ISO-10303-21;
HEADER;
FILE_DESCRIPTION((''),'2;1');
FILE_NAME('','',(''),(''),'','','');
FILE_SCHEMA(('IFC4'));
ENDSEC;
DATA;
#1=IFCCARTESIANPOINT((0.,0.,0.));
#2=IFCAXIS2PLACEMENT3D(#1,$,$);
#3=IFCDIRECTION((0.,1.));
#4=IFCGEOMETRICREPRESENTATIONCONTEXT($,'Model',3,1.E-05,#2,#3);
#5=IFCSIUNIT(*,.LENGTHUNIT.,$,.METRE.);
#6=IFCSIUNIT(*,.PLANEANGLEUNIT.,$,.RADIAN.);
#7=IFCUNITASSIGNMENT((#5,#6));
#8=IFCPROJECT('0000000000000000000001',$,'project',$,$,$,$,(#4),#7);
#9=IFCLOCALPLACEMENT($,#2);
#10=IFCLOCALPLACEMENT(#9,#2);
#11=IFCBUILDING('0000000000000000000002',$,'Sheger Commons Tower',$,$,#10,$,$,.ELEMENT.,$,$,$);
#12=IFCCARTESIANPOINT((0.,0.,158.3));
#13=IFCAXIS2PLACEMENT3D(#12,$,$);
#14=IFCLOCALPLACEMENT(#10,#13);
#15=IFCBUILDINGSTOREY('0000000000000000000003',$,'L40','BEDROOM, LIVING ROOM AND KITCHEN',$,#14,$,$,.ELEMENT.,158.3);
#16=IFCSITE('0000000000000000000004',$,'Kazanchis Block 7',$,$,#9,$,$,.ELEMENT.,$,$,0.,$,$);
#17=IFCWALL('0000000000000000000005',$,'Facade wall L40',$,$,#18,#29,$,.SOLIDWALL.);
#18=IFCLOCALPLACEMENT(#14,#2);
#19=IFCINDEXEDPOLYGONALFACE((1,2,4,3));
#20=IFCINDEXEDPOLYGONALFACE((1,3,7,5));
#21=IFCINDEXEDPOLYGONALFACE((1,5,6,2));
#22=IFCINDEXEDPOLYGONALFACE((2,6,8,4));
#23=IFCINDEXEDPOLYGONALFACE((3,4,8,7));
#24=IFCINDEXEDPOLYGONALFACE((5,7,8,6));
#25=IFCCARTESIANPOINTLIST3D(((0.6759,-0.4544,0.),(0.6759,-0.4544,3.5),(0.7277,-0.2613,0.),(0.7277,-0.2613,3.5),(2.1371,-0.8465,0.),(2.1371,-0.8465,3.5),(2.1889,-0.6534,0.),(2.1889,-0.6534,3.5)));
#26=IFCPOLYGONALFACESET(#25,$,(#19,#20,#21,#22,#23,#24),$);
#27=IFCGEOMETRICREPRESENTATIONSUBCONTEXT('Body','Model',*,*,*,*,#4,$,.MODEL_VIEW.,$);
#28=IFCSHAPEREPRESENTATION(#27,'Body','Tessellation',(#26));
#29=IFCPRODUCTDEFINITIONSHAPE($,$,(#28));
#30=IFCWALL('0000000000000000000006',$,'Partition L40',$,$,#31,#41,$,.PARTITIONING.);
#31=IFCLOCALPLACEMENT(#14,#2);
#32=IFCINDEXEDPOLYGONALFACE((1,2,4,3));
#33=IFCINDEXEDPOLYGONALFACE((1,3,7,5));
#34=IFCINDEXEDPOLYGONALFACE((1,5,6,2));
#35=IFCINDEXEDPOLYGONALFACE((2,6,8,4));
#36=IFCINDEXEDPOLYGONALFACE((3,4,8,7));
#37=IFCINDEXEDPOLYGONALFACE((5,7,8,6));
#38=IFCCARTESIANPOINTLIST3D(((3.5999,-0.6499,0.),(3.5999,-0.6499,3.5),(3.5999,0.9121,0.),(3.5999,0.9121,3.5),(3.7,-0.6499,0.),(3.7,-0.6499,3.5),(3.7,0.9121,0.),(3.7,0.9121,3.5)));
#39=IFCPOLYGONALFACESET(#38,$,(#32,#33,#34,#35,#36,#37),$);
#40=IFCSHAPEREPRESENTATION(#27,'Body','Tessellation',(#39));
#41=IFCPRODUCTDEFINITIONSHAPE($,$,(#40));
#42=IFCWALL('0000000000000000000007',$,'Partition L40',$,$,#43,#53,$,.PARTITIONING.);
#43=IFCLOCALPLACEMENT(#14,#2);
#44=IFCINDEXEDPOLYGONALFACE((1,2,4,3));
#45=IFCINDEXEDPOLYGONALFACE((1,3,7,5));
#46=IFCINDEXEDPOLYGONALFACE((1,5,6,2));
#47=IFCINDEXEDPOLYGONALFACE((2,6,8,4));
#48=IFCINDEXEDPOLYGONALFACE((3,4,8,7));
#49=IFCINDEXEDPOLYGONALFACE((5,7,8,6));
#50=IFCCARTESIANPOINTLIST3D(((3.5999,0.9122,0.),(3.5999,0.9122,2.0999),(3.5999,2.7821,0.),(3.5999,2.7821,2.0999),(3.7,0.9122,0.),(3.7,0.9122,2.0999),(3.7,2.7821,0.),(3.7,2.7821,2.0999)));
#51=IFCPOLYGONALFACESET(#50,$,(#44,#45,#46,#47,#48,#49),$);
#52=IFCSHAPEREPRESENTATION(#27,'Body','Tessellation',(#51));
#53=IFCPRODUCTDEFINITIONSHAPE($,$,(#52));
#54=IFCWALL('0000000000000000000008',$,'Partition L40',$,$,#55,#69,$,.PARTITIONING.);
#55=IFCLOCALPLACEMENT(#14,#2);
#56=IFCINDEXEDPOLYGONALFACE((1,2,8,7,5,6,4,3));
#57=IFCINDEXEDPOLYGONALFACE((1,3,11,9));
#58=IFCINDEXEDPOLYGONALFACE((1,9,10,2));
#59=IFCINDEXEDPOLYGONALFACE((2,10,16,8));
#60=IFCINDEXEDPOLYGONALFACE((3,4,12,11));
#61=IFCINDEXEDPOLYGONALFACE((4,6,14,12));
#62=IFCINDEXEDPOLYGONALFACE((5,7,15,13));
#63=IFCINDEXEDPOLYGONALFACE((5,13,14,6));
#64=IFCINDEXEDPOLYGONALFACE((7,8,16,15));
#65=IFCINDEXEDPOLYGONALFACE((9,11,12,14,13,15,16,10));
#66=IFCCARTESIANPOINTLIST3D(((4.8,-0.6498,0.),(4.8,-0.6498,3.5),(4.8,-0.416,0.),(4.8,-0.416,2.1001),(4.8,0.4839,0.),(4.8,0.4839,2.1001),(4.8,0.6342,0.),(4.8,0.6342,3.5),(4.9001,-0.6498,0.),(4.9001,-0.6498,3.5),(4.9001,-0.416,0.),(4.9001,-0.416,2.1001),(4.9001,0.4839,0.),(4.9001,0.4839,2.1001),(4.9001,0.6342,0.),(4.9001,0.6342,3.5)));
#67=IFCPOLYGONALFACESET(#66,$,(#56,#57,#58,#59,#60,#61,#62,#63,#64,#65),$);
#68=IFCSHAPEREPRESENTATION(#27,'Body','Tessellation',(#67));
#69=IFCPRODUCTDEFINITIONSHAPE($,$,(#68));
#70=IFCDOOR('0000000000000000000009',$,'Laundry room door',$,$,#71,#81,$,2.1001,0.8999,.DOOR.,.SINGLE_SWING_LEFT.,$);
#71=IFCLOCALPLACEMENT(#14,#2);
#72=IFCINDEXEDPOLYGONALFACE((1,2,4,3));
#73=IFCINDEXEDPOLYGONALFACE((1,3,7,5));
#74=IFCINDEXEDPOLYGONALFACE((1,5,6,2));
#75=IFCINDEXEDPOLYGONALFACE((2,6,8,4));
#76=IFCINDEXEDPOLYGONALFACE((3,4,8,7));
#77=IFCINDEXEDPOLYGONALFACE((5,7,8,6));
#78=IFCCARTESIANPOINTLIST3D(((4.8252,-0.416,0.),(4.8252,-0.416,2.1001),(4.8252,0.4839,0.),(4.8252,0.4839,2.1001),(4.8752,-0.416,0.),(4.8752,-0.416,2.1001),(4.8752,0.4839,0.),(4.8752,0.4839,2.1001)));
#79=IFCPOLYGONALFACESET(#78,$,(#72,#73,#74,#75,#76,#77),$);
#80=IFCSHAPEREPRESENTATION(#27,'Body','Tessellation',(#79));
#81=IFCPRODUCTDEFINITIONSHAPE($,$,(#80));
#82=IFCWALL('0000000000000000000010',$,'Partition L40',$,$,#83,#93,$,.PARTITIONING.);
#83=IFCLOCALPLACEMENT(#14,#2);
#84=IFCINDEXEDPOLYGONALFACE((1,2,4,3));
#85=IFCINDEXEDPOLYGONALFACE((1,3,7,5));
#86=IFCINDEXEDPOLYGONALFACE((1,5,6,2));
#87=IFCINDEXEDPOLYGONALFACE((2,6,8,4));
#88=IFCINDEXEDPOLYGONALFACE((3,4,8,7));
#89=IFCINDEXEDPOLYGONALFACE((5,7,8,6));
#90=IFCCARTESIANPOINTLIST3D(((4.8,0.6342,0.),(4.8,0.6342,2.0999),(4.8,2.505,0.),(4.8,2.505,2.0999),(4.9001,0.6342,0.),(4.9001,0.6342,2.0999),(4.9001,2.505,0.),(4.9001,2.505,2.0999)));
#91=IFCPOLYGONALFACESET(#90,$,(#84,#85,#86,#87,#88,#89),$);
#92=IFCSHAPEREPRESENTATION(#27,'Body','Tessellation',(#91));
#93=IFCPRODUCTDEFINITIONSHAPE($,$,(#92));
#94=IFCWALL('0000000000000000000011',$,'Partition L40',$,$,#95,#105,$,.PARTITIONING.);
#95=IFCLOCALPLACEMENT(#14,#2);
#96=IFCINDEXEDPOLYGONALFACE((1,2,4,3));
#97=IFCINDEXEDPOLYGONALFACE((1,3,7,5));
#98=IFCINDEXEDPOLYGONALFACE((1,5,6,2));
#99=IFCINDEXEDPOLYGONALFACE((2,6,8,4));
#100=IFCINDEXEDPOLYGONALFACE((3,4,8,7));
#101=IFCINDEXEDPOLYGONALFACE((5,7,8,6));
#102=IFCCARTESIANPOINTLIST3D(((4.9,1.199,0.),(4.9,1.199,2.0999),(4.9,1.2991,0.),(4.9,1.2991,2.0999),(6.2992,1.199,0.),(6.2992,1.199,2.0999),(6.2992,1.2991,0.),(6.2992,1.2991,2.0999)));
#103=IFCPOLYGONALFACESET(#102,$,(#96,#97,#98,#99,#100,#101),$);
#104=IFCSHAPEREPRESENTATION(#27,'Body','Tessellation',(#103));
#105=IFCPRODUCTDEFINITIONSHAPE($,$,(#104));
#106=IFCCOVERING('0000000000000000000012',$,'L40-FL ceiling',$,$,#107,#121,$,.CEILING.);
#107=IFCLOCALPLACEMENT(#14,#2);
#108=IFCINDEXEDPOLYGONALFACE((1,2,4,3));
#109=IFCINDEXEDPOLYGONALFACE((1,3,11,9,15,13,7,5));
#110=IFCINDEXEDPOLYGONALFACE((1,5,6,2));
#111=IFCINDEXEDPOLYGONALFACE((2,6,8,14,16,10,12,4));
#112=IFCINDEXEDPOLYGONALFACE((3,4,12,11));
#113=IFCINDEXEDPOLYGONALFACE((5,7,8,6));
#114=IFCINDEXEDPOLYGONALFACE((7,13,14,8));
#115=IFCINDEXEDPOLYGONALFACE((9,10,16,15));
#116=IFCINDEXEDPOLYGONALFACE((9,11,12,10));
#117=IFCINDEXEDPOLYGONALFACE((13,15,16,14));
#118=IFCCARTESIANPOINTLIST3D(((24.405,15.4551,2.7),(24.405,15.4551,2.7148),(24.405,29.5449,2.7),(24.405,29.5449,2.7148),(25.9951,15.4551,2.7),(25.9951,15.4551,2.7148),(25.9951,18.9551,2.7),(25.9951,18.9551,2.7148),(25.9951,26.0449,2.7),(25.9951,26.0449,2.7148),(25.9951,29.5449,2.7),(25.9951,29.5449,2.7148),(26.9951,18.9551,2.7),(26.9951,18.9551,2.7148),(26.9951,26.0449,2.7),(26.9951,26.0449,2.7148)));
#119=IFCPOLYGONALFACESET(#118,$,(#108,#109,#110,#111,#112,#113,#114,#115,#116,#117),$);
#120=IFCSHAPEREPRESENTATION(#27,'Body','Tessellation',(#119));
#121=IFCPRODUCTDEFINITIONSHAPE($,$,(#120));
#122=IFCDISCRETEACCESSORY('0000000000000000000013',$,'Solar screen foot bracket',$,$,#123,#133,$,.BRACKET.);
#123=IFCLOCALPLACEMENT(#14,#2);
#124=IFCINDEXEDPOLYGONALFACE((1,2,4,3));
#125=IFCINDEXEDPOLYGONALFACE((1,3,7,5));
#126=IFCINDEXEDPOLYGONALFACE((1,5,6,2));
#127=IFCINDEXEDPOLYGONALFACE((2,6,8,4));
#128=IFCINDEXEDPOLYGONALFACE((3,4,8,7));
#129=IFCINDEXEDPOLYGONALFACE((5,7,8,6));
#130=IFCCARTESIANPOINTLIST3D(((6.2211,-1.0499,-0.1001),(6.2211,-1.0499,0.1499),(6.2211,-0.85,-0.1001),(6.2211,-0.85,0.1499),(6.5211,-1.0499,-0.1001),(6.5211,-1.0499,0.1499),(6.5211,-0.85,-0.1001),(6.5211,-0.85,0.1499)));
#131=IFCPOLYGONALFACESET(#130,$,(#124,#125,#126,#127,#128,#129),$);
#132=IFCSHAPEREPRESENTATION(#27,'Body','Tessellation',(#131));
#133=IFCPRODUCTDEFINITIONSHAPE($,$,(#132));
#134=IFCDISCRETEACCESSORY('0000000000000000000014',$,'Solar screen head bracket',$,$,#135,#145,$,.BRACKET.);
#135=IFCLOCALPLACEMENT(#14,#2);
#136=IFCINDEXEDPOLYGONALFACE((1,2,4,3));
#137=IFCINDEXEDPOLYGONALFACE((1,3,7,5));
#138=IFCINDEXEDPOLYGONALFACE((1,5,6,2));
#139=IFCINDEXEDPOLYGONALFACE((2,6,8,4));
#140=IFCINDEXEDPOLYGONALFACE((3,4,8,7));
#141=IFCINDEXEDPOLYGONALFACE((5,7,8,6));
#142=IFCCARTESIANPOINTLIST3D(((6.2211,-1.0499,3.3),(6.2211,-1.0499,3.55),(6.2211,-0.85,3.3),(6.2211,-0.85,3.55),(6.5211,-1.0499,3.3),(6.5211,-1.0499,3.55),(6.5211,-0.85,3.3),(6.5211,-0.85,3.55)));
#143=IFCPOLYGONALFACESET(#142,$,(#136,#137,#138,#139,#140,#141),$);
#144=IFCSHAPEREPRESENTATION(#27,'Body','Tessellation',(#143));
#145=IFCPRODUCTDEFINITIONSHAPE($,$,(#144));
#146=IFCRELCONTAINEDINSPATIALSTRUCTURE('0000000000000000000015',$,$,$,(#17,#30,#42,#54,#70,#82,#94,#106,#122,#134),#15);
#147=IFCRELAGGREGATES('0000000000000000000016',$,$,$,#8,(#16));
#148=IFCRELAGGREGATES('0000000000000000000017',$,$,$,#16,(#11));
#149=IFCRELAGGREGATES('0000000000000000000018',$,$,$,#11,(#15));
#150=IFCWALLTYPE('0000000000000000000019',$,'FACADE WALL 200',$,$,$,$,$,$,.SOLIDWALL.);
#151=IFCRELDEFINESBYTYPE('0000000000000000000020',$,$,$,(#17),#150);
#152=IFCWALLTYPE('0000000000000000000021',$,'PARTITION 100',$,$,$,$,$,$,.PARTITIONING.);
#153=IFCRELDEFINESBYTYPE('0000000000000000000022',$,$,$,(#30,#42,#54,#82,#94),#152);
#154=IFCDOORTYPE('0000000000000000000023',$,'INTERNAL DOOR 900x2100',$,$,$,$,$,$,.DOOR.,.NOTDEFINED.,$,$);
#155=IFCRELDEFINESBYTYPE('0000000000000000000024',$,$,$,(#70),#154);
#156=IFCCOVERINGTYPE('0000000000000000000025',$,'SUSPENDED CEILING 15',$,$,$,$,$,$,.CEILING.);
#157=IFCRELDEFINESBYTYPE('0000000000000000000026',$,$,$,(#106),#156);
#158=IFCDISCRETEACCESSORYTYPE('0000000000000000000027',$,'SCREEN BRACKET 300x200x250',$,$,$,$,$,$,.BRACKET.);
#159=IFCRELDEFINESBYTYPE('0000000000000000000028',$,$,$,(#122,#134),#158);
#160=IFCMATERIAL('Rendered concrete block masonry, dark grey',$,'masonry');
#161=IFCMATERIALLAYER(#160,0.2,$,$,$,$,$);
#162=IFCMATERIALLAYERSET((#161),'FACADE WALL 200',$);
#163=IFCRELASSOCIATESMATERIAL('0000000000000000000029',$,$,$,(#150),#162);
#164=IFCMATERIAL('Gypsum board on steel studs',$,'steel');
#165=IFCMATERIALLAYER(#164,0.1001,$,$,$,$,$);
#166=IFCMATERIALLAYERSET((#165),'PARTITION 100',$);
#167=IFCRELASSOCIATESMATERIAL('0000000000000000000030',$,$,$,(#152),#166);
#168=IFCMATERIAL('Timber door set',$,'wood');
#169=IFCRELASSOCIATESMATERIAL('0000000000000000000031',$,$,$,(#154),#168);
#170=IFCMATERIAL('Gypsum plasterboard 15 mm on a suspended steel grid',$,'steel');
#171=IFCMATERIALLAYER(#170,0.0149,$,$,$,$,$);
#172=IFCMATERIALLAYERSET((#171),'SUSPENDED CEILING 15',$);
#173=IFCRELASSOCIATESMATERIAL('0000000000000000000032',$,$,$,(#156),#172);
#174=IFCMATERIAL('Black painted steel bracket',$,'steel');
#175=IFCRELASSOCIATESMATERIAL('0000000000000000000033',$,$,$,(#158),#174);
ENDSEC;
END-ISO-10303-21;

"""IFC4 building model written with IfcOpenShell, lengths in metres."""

from ifc_helpers import new_model, si_unit, direction, frame, frame_2d, origin, origin_2d, place, context, subcontext, project, spatial, polyline, rectangle, outline, extrude, material, layer, layer_set, type_object, element, fill, save


model = new_model("IFC4")

# Units and contexts
model_context = context("Model", 3, precision=1e-05, world=origin(), true_north=direction((0.0, 1.0)))
body_context = subcontext(model_context, "Body", "Model", "MODEL_VIEW")
ifc_project = project(units=[si_unit("LENGTHUNIT", "METRE"), si_unit("PLANEANGLEUNIT", "RADIAN")], contexts=[model_context])

# Site, building, storey
site_placement = place(None, origin())
site = spatial("IfcSite", under=ifc_project, at=site_placement, Name="Kazanchis Block 7", CompositionType="ELEMENT", RefElevation=0.0)
building_placement = place(site_placement, origin())
building = spatial("IfcBuilding", under=site, at=building_placement, Name="Sheger Commons Tower", CompositionType="ELEMENT")
storey_placement = place(building_placement, frame((0.0, 0.0, 158.3)))
storey = spatial("IfcBuildingStorey", under=building, at=storey_placement, Name="L40", Description="BEDROOM, LIVING ROOM AND KITCHEN", CompositionType="ELEMENT", Elevation=158.3)

# Shared definitions
ifc_material_1 = material(Name="Rendered concrete block masonry, dark grey", Category="masonry")
ifc_layer_1 = layer(ifc_material_1, 0.2)
ifc_layer_set_1 = layer_set([ifc_layer_1], Name="FACADE WALL 200")
wall_type_1 = type_object("IfcWallType", Name="FACADE WALL 200", PredefinedType="SOLIDWALL", material=ifc_layer_set_1)

# Walls
wall_1_placement = place(storey_placement, frame((0.7019, -0.3579, 0.0), z_axis=(0.0, 0.0, 1.0), x_axis=(0.965832, -0.259169, 0.0)))
element("IfcWall", 1, at=wall_1_placement, inside=storey, type_object=wall_type_1, Name="Facade wall L40", PredefinedType="SOLIDWALL", context=body_context, shape_type="SweptSolid", body=[
    extrude(rectangle(XDim=1.5129, YDim=0.2, at=frame_2d((0.7563, 0.0))), origin(), (0.0, 0.0, 1.0), 3.5),
])
ifc_material_2 = material(Name="Gypsum board on steel studs", Category="steel")
ifc_layer_2 = layer(ifc_material_2, 0.1001)
ifc_layer_set_2 = layer_set([ifc_layer_2], Name="PARTITION 100")
wall_type_2 = type_object("IfcWallType", Name="PARTITION 100", PredefinedType="PARTITIONING", material=ifc_layer_set_2)
wall_2_placement = place(storey_placement, frame((3.6499, -0.6499, 0.0), z_axis=(0.0, 0.0, 1.0), x_axis=(0.0, 1.0, 0.0)))
element("IfcWall", 2, at=wall_2_placement, inside=storey, type_object=wall_type_2, Name="Partition L40", PredefinedType="PARTITIONING", context=body_context, shape_type="SweptSolid", body=[
    extrude(rectangle(XDim=1.562, YDim=0.1001, at=frame_2d((0.781, 0.0))), origin(), (0.0, 0.0, 1.0), 3.5),
])
wall_3_placement = place(storey_placement, frame((3.6499, 0.9121, 0.0), z_axis=(0.0, 0.0, 1.0), x_axis=(0.0, 1.0, 0.0)))
element("IfcWall", 3, at=wall_3_placement, inside=storey, type_object=wall_type_2, Name="Partition L40", PredefinedType="PARTITIONING", context=body_context, shape_type="SweptSolid", body=[
    extrude(rectangle(XDim=1.8699, YDim=0.1001, at=frame_2d((0.9351, 0.0))), origin(), (0.0, 0.0, 1.0), 2.0999),
])

# Wall, opening, door
wall_4_placement = place(storey_placement, frame((4.8501, -0.6499, 0.0), z_axis=(0.0, 0.0, 1.0), x_axis=(0.0, 1.0, 0.0)))
wall_4 = element("IfcWall", 4, at=wall_4_placement, inside=storey, type_object=wall_type_2, Name="Partition L40", PredefinedType="PARTITIONING", context=body_context, shape_type="SweptSolid", body=[
    extrude(rectangle(XDim=1.2839, YDim=0.1001, at=frame_2d((0.6421, 0.0))), origin(), (0.0, 0.0, 1.0), 3.5),
])
opening_1_placement = place(wall_4_placement, frame((0.2339, 0.0, 0.0)))
opening_1 = element("IfcOpeningElement", 5, at=opening_1_placement, cuts=wall_4, PredefinedType="OPENING", context=body_context, shape_type="SweptSolid", body=[
    extrude(rectangle(XDim=0.8999, YDim=2.1001, at=frame_2d((0.45, 1.05))), frame((0.0, 0.0601, 0.0), z_axis=(0.0, -1.0, 0.0), x_axis=(1.0, 0.0, 0.0)), (0.0, 0.0, 1.0), 0.1201),
])
ifc_material_3 = material(Name="Timber door set", Category="wood")
door_type = type_object("IfcDoorType", Name="INTERNAL DOOR 900x2100", OperationType="NOTDEFINED", PredefinedType="DOOR", material=ifc_material_3)
door_placement = place(opening_1_placement, origin())
door = element("IfcDoor", 6, at=door_placement, inside=storey, type_object=door_type, Name="Laundry room door", OperationType="SINGLE_SWING_LEFT", OverallHeight=2.1001, OverallWidth=0.8999, PredefinedType="DOOR", context=body_context, shape_type="SweptSolid", body=[
    extrude(rectangle(XDim=0.8999, YDim=2.1001, at=frame_2d((0.45, 1.05))), frame((0.0, 0.0249, 0.0), z_axis=(0.0, -1.0, 0.0), x_axis=(1.0, 0.0, 0.0)), (0.0, 0.0, 1.0), 0.05),
])
fill(opening_1, door)

# Walls
wall_5_placement = place(storey_placement, frame((4.8501, 0.634, 0.0), z_axis=(0.0, 0.0, 1.0), x_axis=(0.0, 1.0, 0.0)))
element("IfcWall", 7, at=wall_5_placement, inside=storey, type_object=wall_type_2, Name="Partition L40", PredefinedType="PARTITIONING", context=body_context, shape_type="SweptSolid", body=[
    extrude(rectangle(XDim=1.8708, YDim=0.1001, at=frame_2d((0.9355, 0.0))), origin(), (0.0, 0.0, 1.0), 2.0999),
])
wall_6_placement = place(storey_placement, frame((4.8999, 1.249, 0.0), z_axis=(0.0, 0.0, 1.0), x_axis=(1.0, 0.0, 0.0)))
element("IfcWall", 8, at=wall_6_placement, inside=storey, type_object=wall_type_2, Name="Partition L40", PredefinedType="PARTITIONING", context=body_context, shape_type="SweptSolid", body=[
    extrude(rectangle(XDim=1.3992, YDim=0.1001, at=frame_2d((0.6997, 0.0))), origin(), (0.0, 0.0, 1.0), 2.0999),
])

# Covering
ifc_material_4 = material(Name="Gypsum plasterboard 15 mm on a suspended steel grid", Category="steel")
ifc_layer_3 = layer(ifc_material_4, 0.0149)
ifc_layer_set_3 = layer_set([ifc_layer_3], Name="SUSPENDED CEILING 15")
covering_type = type_object("IfcCoveringType", Name="SUSPENDED CEILING 15", PredefinedType="CEILING", material=ifc_layer_set_3)
covering_placement = place(storey_placement, frame((0.0, 0.0, 2.7)))
element("IfcCovering", 9, at=covering_placement, inside=storey, type_object=covering_type, Name="L40-FL ceiling", PredefinedType="CEILING", context=body_context, shape_type="SweptSolid", body=[
    extrude(outline(polyline([(24.405, 15.4551), (25.9951, 15.4551), (25.9951, 18.9551), (26.9951, 18.9551), (26.9951, 26.0449), (25.9951, 26.0449), (25.9951, 29.5449), (24.405, 29.5449), (24.405, 15.4551)])), origin(), (0.0, 0.0, 1.0), 0.0149),
])

# Discrete accessories
ifc_material_5 = material(Name="Black painted steel bracket", Category="steel")
discrete_accessory_type = type_object("IfcDiscreteAccessoryType", Name="SCREEN BRACKET 300x200x250", PredefinedType="BRACKET", material=ifc_material_5)
for number, where, z_axis, x_axis, name in (
    (10, (6.3711, -0.95, -0.1001), (0.0, 0.0, 1.0), (1.0, 0.0, 0.0), "Solar screen foot bracket"),
    (11, (6.3711, -0.95, 3.3), (0.0, 0.0, 1.0), (1.0, 0.0, 0.0), "Solar screen head bracket"),
):
    element("IfcDiscreteAccessory", number, at=place(storey_placement, frame(where, z_axis=z_axis, x_axis=x_axis)), inside=storey, type_object=discrete_accessory_type, Name=name, PredefinedType="BRACKET", context=body_context, shape_type="SweptSolid", body=[
        extrude(rectangle(XDim=0.3, YDim=0.2, at=origin_2d()), origin(), (0.0, 0.0, 1.0), 0.25),
    ])

save(model, "model.ifc")
